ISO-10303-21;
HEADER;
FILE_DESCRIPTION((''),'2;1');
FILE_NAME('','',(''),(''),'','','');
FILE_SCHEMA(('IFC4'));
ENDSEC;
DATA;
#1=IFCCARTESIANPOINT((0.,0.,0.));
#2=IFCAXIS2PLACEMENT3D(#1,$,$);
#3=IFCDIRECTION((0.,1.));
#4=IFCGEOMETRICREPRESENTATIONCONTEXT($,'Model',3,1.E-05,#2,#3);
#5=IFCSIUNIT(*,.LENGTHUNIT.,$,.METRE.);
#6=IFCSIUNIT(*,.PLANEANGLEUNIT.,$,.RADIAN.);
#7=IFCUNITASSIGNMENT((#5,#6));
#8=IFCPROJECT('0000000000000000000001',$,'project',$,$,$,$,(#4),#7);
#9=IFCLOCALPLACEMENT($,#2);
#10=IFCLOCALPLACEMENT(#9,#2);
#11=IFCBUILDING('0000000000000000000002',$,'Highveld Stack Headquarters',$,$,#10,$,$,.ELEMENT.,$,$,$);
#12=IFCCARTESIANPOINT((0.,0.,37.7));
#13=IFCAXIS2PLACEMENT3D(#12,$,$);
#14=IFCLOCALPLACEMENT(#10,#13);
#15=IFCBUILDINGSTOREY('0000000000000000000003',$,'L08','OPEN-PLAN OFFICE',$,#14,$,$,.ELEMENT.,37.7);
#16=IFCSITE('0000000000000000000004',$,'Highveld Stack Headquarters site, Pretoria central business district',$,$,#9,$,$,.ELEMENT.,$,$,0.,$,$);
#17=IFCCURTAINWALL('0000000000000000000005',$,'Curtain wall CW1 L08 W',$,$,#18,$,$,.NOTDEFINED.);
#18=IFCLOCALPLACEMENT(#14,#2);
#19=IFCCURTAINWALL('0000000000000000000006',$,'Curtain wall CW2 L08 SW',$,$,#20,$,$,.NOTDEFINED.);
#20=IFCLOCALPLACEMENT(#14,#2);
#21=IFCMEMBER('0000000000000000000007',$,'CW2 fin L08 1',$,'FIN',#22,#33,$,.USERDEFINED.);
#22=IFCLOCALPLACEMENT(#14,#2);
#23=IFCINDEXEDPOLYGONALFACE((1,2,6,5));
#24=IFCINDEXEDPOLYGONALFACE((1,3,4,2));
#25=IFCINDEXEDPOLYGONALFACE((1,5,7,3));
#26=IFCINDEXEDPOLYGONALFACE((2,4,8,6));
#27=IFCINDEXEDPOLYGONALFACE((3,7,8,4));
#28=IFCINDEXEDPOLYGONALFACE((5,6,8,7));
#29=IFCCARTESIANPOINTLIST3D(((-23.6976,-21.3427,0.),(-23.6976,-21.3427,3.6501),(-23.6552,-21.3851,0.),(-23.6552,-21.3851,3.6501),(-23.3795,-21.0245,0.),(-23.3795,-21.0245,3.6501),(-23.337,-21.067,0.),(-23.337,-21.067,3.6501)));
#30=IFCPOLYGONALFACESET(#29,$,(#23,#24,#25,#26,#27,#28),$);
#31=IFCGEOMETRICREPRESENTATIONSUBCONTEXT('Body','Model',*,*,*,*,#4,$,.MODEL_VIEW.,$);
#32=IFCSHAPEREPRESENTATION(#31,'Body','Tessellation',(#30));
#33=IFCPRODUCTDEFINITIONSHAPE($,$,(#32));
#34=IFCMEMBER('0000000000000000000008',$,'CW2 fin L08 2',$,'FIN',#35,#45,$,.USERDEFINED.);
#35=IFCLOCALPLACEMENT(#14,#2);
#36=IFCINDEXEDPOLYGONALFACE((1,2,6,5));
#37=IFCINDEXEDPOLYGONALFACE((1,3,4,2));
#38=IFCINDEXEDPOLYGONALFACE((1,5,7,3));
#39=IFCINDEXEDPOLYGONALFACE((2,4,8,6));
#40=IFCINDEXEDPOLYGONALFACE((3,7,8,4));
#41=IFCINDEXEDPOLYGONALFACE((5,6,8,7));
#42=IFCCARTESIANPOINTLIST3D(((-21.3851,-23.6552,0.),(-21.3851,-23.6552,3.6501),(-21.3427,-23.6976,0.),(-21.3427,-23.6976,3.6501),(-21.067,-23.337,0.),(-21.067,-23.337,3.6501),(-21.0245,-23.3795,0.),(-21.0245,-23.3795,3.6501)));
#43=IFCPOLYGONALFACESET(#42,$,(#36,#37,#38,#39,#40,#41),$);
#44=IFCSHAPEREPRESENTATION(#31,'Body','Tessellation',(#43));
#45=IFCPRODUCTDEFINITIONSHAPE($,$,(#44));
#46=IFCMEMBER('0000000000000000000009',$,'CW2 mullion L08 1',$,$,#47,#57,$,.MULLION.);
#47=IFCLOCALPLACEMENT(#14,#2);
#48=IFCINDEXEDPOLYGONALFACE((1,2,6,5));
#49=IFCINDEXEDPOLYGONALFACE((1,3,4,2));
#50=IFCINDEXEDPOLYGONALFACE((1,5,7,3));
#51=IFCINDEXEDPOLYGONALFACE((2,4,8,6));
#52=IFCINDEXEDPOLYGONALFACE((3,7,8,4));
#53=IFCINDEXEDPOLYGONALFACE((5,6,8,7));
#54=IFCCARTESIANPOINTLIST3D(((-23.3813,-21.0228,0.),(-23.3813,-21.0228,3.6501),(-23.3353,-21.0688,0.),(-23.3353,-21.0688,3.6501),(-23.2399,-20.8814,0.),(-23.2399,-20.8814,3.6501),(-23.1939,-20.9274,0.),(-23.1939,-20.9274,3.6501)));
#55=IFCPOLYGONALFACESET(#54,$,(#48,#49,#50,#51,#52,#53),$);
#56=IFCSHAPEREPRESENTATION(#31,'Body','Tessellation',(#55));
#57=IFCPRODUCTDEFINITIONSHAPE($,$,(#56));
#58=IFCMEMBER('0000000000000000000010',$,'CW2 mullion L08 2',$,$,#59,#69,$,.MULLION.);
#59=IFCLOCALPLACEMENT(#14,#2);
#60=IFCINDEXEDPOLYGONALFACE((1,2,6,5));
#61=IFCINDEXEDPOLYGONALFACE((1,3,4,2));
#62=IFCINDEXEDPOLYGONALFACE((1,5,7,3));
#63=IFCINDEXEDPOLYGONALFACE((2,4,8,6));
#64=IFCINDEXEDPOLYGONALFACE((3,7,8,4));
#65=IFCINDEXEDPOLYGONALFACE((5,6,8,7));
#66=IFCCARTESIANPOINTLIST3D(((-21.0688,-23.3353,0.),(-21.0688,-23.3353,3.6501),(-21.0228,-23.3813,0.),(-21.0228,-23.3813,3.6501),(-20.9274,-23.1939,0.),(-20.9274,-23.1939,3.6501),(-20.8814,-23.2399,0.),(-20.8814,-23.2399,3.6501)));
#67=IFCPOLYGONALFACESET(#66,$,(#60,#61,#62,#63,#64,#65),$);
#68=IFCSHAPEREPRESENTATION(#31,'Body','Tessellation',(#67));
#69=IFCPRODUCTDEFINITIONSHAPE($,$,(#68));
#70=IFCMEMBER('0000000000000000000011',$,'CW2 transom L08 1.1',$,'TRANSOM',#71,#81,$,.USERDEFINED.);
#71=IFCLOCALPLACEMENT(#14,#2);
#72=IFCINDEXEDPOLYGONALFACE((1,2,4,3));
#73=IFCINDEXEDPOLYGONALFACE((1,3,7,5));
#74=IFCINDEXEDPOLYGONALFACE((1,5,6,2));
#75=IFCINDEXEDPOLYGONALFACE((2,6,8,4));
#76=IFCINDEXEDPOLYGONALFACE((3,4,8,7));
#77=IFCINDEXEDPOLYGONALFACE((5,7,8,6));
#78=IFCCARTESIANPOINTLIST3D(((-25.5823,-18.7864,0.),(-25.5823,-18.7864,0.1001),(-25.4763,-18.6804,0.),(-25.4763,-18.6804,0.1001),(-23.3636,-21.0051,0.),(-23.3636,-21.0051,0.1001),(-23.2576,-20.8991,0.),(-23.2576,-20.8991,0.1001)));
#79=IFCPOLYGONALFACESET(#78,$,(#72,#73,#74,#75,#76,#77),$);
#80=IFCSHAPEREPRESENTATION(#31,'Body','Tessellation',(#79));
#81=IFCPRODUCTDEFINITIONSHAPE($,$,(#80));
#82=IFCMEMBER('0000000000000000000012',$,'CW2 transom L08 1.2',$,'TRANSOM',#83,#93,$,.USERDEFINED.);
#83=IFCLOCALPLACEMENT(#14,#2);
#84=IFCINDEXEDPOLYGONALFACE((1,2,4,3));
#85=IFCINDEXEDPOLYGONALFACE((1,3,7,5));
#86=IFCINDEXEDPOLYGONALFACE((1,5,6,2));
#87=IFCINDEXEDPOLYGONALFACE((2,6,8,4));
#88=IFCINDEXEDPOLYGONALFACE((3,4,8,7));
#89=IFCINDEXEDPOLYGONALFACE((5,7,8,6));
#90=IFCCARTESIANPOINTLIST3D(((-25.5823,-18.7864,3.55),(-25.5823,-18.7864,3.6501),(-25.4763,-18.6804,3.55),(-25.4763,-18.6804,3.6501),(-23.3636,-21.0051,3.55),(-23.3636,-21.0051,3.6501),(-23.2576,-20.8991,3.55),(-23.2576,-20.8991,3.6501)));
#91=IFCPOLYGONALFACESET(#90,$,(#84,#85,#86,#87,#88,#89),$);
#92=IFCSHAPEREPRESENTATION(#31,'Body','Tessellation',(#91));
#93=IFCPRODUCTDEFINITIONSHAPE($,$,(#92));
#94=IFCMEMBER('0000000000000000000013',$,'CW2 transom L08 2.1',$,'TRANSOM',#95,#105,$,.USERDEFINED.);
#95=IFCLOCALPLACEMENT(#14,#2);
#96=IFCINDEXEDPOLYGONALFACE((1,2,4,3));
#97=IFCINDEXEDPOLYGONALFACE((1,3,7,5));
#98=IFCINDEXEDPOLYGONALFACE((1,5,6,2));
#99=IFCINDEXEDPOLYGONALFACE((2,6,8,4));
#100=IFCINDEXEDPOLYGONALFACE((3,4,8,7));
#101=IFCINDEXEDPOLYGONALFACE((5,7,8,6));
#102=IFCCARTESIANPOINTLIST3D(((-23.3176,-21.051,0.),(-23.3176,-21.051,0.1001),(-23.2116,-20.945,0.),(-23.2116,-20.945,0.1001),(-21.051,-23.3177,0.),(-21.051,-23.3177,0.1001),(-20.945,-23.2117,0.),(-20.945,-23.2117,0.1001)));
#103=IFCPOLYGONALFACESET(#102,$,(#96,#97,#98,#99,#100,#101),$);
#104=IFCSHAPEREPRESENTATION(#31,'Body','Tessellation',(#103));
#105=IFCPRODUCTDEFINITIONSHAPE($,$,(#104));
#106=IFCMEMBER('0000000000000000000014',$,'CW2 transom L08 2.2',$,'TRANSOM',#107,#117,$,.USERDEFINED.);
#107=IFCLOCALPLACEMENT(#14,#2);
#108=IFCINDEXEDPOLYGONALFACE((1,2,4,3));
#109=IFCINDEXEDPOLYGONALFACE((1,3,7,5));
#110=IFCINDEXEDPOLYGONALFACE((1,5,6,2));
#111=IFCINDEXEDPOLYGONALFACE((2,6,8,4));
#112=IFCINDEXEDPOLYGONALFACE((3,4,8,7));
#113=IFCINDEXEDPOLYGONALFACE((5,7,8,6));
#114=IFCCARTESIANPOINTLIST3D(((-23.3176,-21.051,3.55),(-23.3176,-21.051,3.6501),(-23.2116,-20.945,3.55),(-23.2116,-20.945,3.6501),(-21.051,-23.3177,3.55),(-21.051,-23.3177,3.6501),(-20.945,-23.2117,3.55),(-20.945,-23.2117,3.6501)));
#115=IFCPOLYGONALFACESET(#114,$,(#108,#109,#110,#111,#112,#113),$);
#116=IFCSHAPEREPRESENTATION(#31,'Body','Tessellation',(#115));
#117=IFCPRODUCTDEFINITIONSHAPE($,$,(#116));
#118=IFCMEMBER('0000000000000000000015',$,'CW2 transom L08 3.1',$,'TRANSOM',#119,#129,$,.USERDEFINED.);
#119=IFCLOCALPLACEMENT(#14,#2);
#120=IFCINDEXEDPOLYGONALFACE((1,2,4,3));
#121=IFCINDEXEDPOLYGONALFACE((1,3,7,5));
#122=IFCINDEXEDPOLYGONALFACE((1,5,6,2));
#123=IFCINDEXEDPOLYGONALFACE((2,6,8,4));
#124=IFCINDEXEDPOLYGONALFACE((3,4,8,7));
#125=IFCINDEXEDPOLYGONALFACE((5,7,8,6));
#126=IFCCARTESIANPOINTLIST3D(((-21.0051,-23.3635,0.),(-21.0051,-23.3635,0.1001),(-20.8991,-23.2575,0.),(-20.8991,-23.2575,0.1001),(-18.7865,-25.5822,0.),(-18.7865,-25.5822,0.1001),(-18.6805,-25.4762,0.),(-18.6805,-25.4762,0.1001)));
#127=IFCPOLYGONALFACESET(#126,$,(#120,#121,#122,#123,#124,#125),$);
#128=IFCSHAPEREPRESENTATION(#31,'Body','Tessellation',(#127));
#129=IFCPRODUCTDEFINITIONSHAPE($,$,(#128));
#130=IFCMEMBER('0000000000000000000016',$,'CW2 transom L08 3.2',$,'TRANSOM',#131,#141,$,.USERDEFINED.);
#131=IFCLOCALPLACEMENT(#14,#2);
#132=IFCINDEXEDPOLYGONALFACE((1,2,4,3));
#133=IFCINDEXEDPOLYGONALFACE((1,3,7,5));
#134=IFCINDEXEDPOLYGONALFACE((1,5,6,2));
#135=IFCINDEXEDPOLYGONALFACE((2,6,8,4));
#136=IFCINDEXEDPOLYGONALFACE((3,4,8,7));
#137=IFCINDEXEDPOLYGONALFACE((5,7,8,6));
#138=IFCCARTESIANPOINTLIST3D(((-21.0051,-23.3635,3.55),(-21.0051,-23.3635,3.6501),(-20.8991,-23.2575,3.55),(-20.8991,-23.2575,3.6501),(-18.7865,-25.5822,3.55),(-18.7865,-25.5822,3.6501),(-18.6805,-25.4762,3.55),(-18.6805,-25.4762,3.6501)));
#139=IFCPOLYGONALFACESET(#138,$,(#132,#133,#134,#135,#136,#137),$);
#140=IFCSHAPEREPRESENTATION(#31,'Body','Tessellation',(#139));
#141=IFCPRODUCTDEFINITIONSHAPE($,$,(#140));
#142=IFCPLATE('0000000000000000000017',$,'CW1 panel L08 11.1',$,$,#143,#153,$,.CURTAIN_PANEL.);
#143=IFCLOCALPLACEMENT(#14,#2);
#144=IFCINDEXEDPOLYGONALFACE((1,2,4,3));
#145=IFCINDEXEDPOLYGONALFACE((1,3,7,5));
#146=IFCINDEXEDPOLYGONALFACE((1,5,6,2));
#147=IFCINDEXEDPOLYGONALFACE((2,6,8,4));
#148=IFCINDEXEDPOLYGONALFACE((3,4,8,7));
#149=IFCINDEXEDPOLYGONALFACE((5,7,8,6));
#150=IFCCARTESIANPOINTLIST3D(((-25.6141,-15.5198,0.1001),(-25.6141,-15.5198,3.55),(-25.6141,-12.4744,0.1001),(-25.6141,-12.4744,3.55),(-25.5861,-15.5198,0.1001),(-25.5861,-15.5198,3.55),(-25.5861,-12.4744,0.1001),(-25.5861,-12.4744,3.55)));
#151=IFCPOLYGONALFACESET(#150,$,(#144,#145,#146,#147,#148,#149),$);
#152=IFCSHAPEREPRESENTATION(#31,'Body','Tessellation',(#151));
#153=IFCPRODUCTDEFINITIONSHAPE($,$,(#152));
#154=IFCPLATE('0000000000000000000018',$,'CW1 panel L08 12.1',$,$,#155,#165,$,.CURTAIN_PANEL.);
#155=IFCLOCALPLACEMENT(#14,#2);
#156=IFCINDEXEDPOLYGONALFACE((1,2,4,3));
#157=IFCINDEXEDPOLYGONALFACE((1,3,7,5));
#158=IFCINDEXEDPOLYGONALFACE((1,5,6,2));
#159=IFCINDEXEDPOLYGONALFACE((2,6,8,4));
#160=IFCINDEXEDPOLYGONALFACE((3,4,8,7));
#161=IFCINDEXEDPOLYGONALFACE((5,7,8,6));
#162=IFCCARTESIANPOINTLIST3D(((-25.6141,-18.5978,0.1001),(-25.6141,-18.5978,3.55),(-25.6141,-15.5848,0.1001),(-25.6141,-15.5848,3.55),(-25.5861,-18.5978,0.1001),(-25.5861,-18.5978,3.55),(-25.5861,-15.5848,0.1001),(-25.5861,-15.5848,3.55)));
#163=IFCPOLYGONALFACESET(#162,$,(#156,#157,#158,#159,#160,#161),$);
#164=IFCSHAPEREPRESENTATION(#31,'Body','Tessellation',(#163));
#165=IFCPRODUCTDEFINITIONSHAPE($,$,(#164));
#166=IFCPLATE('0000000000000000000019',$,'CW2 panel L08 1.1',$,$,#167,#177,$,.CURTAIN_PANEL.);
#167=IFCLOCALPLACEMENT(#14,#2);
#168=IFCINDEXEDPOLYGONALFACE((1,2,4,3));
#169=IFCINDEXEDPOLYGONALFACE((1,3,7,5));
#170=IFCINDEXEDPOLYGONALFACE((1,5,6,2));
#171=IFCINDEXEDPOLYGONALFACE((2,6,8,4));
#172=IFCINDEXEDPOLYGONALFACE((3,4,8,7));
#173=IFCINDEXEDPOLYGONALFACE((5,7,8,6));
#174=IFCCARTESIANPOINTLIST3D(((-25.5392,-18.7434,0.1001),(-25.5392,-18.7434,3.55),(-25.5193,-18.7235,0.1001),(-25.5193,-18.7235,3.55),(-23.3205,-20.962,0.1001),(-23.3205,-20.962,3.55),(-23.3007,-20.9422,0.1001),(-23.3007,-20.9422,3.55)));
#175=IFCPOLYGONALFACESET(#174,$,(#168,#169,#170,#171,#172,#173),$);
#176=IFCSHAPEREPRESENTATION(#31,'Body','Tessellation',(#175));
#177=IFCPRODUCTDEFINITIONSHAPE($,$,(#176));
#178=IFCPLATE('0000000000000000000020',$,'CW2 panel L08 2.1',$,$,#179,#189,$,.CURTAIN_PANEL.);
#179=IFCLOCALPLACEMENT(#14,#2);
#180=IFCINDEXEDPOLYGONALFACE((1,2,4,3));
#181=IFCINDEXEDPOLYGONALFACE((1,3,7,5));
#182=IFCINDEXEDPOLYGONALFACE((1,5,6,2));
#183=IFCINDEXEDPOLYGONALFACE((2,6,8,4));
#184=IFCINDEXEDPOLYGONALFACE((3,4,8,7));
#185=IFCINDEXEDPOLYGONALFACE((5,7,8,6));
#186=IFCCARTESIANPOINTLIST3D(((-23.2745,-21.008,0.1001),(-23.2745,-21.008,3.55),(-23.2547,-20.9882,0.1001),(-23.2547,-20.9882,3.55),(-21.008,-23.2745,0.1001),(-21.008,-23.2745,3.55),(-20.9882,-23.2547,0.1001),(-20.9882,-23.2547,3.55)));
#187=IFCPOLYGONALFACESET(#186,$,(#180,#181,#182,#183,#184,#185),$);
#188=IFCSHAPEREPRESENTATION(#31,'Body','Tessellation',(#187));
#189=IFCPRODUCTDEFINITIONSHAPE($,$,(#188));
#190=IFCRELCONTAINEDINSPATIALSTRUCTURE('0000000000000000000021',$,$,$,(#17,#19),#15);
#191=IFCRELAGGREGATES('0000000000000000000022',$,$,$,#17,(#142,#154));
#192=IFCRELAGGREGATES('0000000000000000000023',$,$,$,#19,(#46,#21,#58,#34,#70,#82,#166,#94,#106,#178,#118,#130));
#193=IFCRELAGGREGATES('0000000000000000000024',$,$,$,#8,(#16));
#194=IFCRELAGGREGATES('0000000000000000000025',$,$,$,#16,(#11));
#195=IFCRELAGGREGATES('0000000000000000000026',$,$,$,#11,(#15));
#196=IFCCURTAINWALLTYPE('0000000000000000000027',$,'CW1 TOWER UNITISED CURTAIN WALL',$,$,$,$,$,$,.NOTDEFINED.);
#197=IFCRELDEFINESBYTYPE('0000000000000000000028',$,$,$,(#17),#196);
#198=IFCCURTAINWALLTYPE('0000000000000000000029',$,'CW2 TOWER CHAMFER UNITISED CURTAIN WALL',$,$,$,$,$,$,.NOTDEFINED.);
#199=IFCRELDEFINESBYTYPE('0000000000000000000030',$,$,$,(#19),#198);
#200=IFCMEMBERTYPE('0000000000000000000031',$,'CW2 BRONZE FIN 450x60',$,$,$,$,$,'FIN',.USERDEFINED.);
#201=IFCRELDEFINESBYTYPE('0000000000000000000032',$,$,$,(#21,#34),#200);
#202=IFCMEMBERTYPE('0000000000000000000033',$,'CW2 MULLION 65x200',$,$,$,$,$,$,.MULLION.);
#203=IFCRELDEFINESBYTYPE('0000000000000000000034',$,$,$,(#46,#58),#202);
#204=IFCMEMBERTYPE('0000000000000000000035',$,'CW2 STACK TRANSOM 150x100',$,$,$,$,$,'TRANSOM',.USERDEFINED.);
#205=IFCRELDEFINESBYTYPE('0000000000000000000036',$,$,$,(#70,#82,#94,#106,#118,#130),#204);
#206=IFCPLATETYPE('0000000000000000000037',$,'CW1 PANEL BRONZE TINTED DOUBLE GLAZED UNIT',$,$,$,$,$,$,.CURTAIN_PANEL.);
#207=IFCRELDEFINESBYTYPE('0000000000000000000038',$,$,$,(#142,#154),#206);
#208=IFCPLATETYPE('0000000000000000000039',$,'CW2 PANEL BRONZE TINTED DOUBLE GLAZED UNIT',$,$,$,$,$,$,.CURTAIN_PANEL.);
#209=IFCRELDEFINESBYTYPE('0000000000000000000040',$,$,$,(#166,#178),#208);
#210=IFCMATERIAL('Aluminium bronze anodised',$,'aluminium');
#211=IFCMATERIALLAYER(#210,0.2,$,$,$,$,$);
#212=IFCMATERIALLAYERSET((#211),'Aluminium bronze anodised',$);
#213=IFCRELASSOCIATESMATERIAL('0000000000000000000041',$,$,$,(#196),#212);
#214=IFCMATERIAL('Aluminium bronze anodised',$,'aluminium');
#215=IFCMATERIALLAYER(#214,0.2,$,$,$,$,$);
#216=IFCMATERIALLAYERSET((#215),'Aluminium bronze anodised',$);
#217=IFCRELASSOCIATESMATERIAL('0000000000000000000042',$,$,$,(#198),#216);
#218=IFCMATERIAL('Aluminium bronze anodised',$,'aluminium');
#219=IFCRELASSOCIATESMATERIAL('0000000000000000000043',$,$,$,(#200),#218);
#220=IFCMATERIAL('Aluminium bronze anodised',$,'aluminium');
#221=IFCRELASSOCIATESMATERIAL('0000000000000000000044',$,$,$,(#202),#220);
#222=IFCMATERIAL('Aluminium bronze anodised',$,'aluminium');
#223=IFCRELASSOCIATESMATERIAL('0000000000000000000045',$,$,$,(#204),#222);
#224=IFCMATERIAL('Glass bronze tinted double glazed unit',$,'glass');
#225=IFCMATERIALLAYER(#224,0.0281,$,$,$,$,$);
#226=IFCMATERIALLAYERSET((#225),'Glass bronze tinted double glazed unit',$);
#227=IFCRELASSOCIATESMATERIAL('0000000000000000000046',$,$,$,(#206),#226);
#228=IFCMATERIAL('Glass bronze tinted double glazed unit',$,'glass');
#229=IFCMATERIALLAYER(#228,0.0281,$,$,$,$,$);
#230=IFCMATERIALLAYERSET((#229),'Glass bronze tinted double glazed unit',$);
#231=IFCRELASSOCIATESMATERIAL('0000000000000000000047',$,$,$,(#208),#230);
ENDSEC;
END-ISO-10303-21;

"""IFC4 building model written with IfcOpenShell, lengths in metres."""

from ifc_helpers import new_model, si_unit, direction, frame, origin, origin_2d, place, context, subcontext, project, spatial, rectangle, extrude, material, layer, layer_set, material_profile, profile_set, type_object, element, aggregate, save


model = new_model("IFC4")

# Units and contexts
model_context = context("Model", 3, precision=1e-05, world=origin(), true_north=direction((0.0, 1.0)))
body_context = subcontext(model_context, "Body", "Model", "MODEL_VIEW")
ifc_project = project(units=[si_unit("LENGTHUNIT", "METRE"), si_unit("PLANEANGLEUNIT", "RADIAN")], contexts=[model_context])

# Site, building, storey
site_placement = place(None, origin())
site = spatial("IfcSite", under=ifc_project, at=site_placement, Name="Highveld Stack Headquarters site, Pretoria central business district", CompositionType="ELEMENT", RefElevation=0.0)
building_placement = place(site_placement, origin())
building = spatial("IfcBuilding", under=site, at=building_placement, Name="Highveld Stack Headquarters", CompositionType="ELEMENT")
storey_placement = place(building_placement, frame((0.0, 0.0, 37.7)))
storey = spatial("IfcBuildingStorey", under=building, at=storey_placement, Name="L08", Description="OPEN-PLAN OFFICE", CompositionType="ELEMENT", Elevation=37.7)

# Shared definitions
ifc_material_1 = material(Name="Aluminium bronze anodised", Category="aluminium")
ifc_layer_1 = layer(ifc_material_1, 0.2)
ifc_layer_set_1 = layer_set([ifc_layer_1], Name="Aluminium bronze anodised")
curtain_wall_type_1 = type_object("IfcCurtainWallType", Name="CW1 TOWER UNITISED CURTAIN WALL", PredefinedType="NOTDEFINED", material=ifc_layer_set_1)

# Curtain wall
curtain_wall_1_placement = place(storey_placement, origin())
curtain_wall_1 = element("IfcCurtainWall", 1, at=curtain_wall_1_placement, inside=storey, type_object=curtain_wall_type_1, Name="Curtain wall CW1 L08 W", PredefinedType="NOTDEFINED")

# Curtain wall, members
ifc_material_2 = material(Name="Aluminium bronze anodised", Category="aluminium")
ifc_layer_2 = layer(ifc_material_2, 0.2)
ifc_layer_set_2 = layer_set([ifc_layer_2], Name="Aluminium bronze anodised")
curtain_wall_type_2 = type_object("IfcCurtainWallType", Name="CW2 TOWER CHAMFER UNITISED CURTAIN WALL", PredefinedType="NOTDEFINED", material=ifc_layer_set_2)
curtain_wall_2_placement = place(storey_placement, origin())
curtain_wall_2 = element("IfcCurtainWall", 2, at=curtain_wall_2_placement, inside=storey, type_object=curtain_wall_type_2, Name="Curtain wall CW2 L08 SW", PredefinedType="NOTDEFINED")
ifc_material_3 = material(Name="Aluminium bronze anodised", Category="aluminium")
ifc_material_profile_1 = material_profile(ifc_material_3, rectangle(XDim=0.45, YDim=0.0601, at=origin_2d()), Name="FIN 450x60")
ifc_profile_set_1 = profile_set([ifc_material_profile_1], Name="Aluminium bronze anodised")
member_type_1 = type_object("IfcMemberType", Name="CW2 BRONZE FIN 450x60", ElementType="FIN", PredefinedType="USERDEFINED", material=ifc_profile_set_1)
member_1_placement = place(storey_placement, frame((-23.5173, -21.2048, 0.0), z_axis=(0.0, 0.0, 1.0), x_axis=(0.707107, 0.707107, 0.0)))
member_1 = element("IfcMember", 3, at=member_1_placement, type_object=member_type_1, Name="CW2 fin L08 1", ObjectType="FIN", PredefinedType="USERDEFINED", context=body_context, shape_type="SweptSolid", body=[
    extrude(rectangle(XDim=0.45, YDim=0.0601, at=origin_2d()), origin(), (0.0, 0.0, 1.0), 3.6501),
])
member_2_placement = place(storey_placement, frame((-21.2048, -23.5173, 0.0), z_axis=(0.0, 0.0, 1.0), x_axis=(0.707107, 0.707107, 0.0)))
member_2 = element("IfcMember", 4, at=member_2_placement, type_object=member_type_1, Name="CW2 fin L08 2", ObjectType="FIN", PredefinedType="USERDEFINED", context=body_context, shape_type="SweptSolid", body=[
    extrude(rectangle(XDim=0.45, YDim=0.0601, at=origin_2d()), origin(), (0.0, 0.0, 1.0), 3.6501),
])
ifc_material_4 = material(Name="Aluminium bronze anodised", Category="aluminium")
ifc_material_profile_2 = material_profile(ifc_material_4, rectangle(XDim=0.2, YDim=0.0649, at=origin_2d()), Name="CW2 MULLION 65x200")
ifc_profile_set_2 = profile_set([ifc_material_profile_2], Name="Aluminium bronze anodised")
member_type_2 = type_object("IfcMemberType", Name="CW2 MULLION 65x200", PredefinedType="MULLION", material=ifc_profile_set_2)
member_3_placement = place(storey_placement, frame((-23.2876, -20.9751, 0.0), z_axis=(0.0, 0.0, 1.0), x_axis=(0.707107, 0.707107, 0.0)))
member_3 = element("IfcMember", 5, at=member_3_placement, type_object=member_type_2, Name="CW2 mullion L08 1", PredefinedType="MULLION", context=body_context, shape_type="SweptSolid", body=[
    extrude(rectangle(XDim=0.2, YDim=0.0649, at=origin_2d()), origin(), (0.0, 0.0, 1.0), 3.6501),
])
member_4_placement = place(storey_placement, frame((-20.9751, -23.2876, 0.0), z_axis=(0.0, 0.0, 1.0), x_axis=(0.707107, 0.707107, 0.0)))
member_4 = element("IfcMember", 6, at=member_4_placement, type_object=member_type_2, Name="CW2 mullion L08 2", PredefinedType="MULLION", context=body_context, shape_type="SweptSolid", body=[
    extrude(rectangle(XDim=0.2, YDim=0.0649, at=origin_2d()), origin(), (0.0, 0.0, 1.0), 3.6501),
])
ifc_material_5 = material(Name="Aluminium bronze anodised", Category="aluminium")
ifc_material_profile_3 = material_profile(ifc_material_5, rectangle(XDim=0.1499, YDim=0.1001, at=origin_2d()), Name="CW2 TRANSOM 150x100")
ifc_profile_set_3 = profile_set([ifc_material_profile_3], Name="Aluminium bronze anodised")
member_type_3 = type_object("IfcMemberType", Name="CW2 STACK TRANSOM 150x100", ElementType="TRANSOM", PredefinedType="USERDEFINED", material=ifc_profile_set_3)
member_5_placement = place(storey_placement, frame((-25.5293, -18.7334, 0.05), z_axis=(0.707107, -0.707107, 0.0), x_axis=(0.707107, 0.707107, 0.0)))
member_5 = element("IfcMember", 7, at=member_5_placement, type_object=member_type_3, Name="CW2 transom L08 1.1", ObjectType="TRANSOM", PredefinedType="USERDEFINED", context=body_context, shape_type="SweptSolid", body=[
    extrude(rectangle(XDim=0.1499, YDim=0.1001, at=origin_2d()), origin(), (0.0, 0.0, 1.0), 3.1377),
])
member_6_placement = place(storey_placement, frame((-25.5293, -18.7334, 3.6001), z_axis=(0.707107, -0.707107, 0.0), x_axis=(0.707107, 0.707107, 0.0)))
member_6 = element("IfcMember", 8, at=member_6_placement, type_object=member_type_3, Name="CW2 transom L08 1.2", ObjectType="TRANSOM", PredefinedType="USERDEFINED", context=body_context, shape_type="SweptSolid", body=[
    extrude(rectangle(XDim=0.1499, YDim=0.1001, at=origin_2d()), origin(), (0.0, 0.0, 1.0), 3.1377),
])
member_7_placement = place(storey_placement, frame((-23.2646, -20.998, 0.05), z_axis=(0.707107, -0.707107, 0.0), x_axis=(0.707107, 0.707107, 0.0)))
member_7 = element("IfcMember", 9, at=member_7_placement, type_object=member_type_3, Name="CW2 transom L08 2.1", ObjectType="TRANSOM", PredefinedType="USERDEFINED", context=body_context, shape_type="SweptSolid", body=[
    extrude(rectangle(XDim=0.1499, YDim=0.1001, at=origin_2d()), origin(), (0.0, 0.0, 1.0), 3.2056),
])
member_8_placement = place(storey_placement, frame((-23.2646, -20.998, 3.6001), z_axis=(0.707107, -0.707107, 0.0), x_axis=(0.707107, 0.707107, 0.0)))
member_8 = element("IfcMember", 10, at=member_8_placement, type_object=member_type_3, Name="CW2 transom L08 2.2", ObjectType="TRANSOM", PredefinedType="USERDEFINED", context=body_context, shape_type="SweptSolid", body=[
    extrude(rectangle(XDim=0.1499, YDim=0.1001, at=origin_2d()), origin(), (0.0, 0.0, 1.0), 3.2056),
])
member_9_placement = place(storey_placement, frame((-20.9521, -23.3105, 0.05), z_axis=(0.707107, -0.707107, 0.0), x_axis=(0.707107, 0.707107, 0.0)))
member_9 = element("IfcMember", 11, at=member_9_placement, type_object=member_type_3, Name="CW2 transom L08 3.1", ObjectType="TRANSOM", PredefinedType="USERDEFINED", context=body_context, shape_type="SweptSolid", body=[
    extrude(rectangle(XDim=0.1499, YDim=0.1001, at=origin_2d()), origin(), (0.0, 0.0, 1.0), 3.1377),
])
member_10_placement = place(storey_placement, frame((-20.9521, -23.3105, 3.6001), z_axis=(0.707107, -0.707107, 0.0), x_axis=(0.707107, 0.707107, 0.0)))
member_10 = element("IfcMember", 12, at=member_10_placement, type_object=member_type_3, Name="CW2 transom L08 3.2", ObjectType="TRANSOM", PredefinedType="USERDEFINED", context=body_context, shape_type="SweptSolid", body=[
    extrude(rectangle(XDim=0.1499, YDim=0.1001, at=origin_2d()), origin(), (0.0, 0.0, 1.0), 3.1377),
])

# Plates
ifc_material_6 = material(Name="Glass bronze tinted double glazed unit", Category="glass")
ifc_layer_3 = layer(ifc_material_6, 0.0281)
ifc_layer_set_3 = layer_set([ifc_layer_3], Name="Glass bronze tinted double glazed unit")
plate_type_1 = type_object("IfcPlateType", Name="CW1 PANEL BRONZE TINTED DOUBLE GLAZED UNIT", PredefinedType="CURTAIN_PANEL", material=ifc_layer_set_3)
plate_1_placement = place(storey_placement, frame((-25.6001, -13.9971, 0.1001), z_axis=(0.0, 0.0, 1.0), x_axis=(0.0, -1.0, 0.0)))
plate_1 = element("IfcPlate", 13, at=plate_1_placement, type_object=plate_type_1, Name="CW1 panel L08 11.1", PredefinedType="CURTAIN_PANEL", context=body_context, shape_type="SweptSolid", body=[
    extrude(rectangle(XDim=3.0454, YDim=0.0281, at=origin_2d()), origin(), (0.0, 0.0, 1.0), 3.45),
])
plate_2_placement = place(storey_placement, frame((-25.6001, -17.0913, 0.1001), z_axis=(0.0, 0.0, 1.0), x_axis=(0.0, -1.0, 0.0)))
plate_2 = element("IfcPlate", 14, at=plate_2_placement, type_object=plate_type_1, Name="CW1 panel L08 12.1", PredefinedType="CURTAIN_PANEL", context=body_context, shape_type="SweptSolid", body=[
    extrude(rectangle(XDim=3.0129, YDim=0.0281, at=origin_2d()), origin(), (0.0, 0.0, 1.0), 3.45),
])
aggregate(curtain_wall_1, [plate_1, plate_2])
ifc_material_7 = material(Name="Glass bronze tinted double glazed unit", Category="glass")
ifc_layer_4 = layer(ifc_material_7, 0.0281)
ifc_layer_set_4 = layer_set([ifc_layer_4], Name="Glass bronze tinted double glazed unit")
plate_type_2 = type_object("IfcPlateType", Name="CW2 PANEL BRONZE TINTED DOUBLE GLAZED UNIT", PredefinedType="CURTAIN_PANEL", material=ifc_layer_set_4)
plate_3_placement = place(storey_placement, frame((-24.4199, -19.8428, 0.1001), z_axis=(0.0, 0.0, 1.0), x_axis=(0.707107, -0.707107, 0.0)))
plate_3 = element("IfcPlate", 15, at=plate_3_placement, type_object=plate_type_2, Name="CW2 panel L08 1.1", PredefinedType="CURTAIN_PANEL", context=body_context, shape_type="SweptSolid", body=[
    extrude(rectangle(XDim=3.1377, YDim=0.0281, at=origin_2d()), origin(), (0.0, 0.0, 1.0), 3.45),
])
plate_4_placement = place(storey_placement, frame((-22.1313, -22.1313, 0.1001), z_axis=(0.0, 0.0, 1.0), x_axis=(0.707107, -0.707107, 0.0)))
plate_4 = element("IfcPlate", 16, at=plate_4_placement, type_object=plate_type_2, Name="CW2 panel L08 2.1", PredefinedType="CURTAIN_PANEL", context=body_context, shape_type="SweptSolid", body=[
    extrude(rectangle(XDim=3.2053, YDim=0.0281, at=origin_2d()), origin(), (0.0, 0.0, 1.0), 3.45),
])
aggregate(curtain_wall_2, [member_3, member_1, member_4, member_2, member_5, member_6, plate_3, member_7, member_8, plate_4, member_9, member_10])

save(model, "model.ifc")
